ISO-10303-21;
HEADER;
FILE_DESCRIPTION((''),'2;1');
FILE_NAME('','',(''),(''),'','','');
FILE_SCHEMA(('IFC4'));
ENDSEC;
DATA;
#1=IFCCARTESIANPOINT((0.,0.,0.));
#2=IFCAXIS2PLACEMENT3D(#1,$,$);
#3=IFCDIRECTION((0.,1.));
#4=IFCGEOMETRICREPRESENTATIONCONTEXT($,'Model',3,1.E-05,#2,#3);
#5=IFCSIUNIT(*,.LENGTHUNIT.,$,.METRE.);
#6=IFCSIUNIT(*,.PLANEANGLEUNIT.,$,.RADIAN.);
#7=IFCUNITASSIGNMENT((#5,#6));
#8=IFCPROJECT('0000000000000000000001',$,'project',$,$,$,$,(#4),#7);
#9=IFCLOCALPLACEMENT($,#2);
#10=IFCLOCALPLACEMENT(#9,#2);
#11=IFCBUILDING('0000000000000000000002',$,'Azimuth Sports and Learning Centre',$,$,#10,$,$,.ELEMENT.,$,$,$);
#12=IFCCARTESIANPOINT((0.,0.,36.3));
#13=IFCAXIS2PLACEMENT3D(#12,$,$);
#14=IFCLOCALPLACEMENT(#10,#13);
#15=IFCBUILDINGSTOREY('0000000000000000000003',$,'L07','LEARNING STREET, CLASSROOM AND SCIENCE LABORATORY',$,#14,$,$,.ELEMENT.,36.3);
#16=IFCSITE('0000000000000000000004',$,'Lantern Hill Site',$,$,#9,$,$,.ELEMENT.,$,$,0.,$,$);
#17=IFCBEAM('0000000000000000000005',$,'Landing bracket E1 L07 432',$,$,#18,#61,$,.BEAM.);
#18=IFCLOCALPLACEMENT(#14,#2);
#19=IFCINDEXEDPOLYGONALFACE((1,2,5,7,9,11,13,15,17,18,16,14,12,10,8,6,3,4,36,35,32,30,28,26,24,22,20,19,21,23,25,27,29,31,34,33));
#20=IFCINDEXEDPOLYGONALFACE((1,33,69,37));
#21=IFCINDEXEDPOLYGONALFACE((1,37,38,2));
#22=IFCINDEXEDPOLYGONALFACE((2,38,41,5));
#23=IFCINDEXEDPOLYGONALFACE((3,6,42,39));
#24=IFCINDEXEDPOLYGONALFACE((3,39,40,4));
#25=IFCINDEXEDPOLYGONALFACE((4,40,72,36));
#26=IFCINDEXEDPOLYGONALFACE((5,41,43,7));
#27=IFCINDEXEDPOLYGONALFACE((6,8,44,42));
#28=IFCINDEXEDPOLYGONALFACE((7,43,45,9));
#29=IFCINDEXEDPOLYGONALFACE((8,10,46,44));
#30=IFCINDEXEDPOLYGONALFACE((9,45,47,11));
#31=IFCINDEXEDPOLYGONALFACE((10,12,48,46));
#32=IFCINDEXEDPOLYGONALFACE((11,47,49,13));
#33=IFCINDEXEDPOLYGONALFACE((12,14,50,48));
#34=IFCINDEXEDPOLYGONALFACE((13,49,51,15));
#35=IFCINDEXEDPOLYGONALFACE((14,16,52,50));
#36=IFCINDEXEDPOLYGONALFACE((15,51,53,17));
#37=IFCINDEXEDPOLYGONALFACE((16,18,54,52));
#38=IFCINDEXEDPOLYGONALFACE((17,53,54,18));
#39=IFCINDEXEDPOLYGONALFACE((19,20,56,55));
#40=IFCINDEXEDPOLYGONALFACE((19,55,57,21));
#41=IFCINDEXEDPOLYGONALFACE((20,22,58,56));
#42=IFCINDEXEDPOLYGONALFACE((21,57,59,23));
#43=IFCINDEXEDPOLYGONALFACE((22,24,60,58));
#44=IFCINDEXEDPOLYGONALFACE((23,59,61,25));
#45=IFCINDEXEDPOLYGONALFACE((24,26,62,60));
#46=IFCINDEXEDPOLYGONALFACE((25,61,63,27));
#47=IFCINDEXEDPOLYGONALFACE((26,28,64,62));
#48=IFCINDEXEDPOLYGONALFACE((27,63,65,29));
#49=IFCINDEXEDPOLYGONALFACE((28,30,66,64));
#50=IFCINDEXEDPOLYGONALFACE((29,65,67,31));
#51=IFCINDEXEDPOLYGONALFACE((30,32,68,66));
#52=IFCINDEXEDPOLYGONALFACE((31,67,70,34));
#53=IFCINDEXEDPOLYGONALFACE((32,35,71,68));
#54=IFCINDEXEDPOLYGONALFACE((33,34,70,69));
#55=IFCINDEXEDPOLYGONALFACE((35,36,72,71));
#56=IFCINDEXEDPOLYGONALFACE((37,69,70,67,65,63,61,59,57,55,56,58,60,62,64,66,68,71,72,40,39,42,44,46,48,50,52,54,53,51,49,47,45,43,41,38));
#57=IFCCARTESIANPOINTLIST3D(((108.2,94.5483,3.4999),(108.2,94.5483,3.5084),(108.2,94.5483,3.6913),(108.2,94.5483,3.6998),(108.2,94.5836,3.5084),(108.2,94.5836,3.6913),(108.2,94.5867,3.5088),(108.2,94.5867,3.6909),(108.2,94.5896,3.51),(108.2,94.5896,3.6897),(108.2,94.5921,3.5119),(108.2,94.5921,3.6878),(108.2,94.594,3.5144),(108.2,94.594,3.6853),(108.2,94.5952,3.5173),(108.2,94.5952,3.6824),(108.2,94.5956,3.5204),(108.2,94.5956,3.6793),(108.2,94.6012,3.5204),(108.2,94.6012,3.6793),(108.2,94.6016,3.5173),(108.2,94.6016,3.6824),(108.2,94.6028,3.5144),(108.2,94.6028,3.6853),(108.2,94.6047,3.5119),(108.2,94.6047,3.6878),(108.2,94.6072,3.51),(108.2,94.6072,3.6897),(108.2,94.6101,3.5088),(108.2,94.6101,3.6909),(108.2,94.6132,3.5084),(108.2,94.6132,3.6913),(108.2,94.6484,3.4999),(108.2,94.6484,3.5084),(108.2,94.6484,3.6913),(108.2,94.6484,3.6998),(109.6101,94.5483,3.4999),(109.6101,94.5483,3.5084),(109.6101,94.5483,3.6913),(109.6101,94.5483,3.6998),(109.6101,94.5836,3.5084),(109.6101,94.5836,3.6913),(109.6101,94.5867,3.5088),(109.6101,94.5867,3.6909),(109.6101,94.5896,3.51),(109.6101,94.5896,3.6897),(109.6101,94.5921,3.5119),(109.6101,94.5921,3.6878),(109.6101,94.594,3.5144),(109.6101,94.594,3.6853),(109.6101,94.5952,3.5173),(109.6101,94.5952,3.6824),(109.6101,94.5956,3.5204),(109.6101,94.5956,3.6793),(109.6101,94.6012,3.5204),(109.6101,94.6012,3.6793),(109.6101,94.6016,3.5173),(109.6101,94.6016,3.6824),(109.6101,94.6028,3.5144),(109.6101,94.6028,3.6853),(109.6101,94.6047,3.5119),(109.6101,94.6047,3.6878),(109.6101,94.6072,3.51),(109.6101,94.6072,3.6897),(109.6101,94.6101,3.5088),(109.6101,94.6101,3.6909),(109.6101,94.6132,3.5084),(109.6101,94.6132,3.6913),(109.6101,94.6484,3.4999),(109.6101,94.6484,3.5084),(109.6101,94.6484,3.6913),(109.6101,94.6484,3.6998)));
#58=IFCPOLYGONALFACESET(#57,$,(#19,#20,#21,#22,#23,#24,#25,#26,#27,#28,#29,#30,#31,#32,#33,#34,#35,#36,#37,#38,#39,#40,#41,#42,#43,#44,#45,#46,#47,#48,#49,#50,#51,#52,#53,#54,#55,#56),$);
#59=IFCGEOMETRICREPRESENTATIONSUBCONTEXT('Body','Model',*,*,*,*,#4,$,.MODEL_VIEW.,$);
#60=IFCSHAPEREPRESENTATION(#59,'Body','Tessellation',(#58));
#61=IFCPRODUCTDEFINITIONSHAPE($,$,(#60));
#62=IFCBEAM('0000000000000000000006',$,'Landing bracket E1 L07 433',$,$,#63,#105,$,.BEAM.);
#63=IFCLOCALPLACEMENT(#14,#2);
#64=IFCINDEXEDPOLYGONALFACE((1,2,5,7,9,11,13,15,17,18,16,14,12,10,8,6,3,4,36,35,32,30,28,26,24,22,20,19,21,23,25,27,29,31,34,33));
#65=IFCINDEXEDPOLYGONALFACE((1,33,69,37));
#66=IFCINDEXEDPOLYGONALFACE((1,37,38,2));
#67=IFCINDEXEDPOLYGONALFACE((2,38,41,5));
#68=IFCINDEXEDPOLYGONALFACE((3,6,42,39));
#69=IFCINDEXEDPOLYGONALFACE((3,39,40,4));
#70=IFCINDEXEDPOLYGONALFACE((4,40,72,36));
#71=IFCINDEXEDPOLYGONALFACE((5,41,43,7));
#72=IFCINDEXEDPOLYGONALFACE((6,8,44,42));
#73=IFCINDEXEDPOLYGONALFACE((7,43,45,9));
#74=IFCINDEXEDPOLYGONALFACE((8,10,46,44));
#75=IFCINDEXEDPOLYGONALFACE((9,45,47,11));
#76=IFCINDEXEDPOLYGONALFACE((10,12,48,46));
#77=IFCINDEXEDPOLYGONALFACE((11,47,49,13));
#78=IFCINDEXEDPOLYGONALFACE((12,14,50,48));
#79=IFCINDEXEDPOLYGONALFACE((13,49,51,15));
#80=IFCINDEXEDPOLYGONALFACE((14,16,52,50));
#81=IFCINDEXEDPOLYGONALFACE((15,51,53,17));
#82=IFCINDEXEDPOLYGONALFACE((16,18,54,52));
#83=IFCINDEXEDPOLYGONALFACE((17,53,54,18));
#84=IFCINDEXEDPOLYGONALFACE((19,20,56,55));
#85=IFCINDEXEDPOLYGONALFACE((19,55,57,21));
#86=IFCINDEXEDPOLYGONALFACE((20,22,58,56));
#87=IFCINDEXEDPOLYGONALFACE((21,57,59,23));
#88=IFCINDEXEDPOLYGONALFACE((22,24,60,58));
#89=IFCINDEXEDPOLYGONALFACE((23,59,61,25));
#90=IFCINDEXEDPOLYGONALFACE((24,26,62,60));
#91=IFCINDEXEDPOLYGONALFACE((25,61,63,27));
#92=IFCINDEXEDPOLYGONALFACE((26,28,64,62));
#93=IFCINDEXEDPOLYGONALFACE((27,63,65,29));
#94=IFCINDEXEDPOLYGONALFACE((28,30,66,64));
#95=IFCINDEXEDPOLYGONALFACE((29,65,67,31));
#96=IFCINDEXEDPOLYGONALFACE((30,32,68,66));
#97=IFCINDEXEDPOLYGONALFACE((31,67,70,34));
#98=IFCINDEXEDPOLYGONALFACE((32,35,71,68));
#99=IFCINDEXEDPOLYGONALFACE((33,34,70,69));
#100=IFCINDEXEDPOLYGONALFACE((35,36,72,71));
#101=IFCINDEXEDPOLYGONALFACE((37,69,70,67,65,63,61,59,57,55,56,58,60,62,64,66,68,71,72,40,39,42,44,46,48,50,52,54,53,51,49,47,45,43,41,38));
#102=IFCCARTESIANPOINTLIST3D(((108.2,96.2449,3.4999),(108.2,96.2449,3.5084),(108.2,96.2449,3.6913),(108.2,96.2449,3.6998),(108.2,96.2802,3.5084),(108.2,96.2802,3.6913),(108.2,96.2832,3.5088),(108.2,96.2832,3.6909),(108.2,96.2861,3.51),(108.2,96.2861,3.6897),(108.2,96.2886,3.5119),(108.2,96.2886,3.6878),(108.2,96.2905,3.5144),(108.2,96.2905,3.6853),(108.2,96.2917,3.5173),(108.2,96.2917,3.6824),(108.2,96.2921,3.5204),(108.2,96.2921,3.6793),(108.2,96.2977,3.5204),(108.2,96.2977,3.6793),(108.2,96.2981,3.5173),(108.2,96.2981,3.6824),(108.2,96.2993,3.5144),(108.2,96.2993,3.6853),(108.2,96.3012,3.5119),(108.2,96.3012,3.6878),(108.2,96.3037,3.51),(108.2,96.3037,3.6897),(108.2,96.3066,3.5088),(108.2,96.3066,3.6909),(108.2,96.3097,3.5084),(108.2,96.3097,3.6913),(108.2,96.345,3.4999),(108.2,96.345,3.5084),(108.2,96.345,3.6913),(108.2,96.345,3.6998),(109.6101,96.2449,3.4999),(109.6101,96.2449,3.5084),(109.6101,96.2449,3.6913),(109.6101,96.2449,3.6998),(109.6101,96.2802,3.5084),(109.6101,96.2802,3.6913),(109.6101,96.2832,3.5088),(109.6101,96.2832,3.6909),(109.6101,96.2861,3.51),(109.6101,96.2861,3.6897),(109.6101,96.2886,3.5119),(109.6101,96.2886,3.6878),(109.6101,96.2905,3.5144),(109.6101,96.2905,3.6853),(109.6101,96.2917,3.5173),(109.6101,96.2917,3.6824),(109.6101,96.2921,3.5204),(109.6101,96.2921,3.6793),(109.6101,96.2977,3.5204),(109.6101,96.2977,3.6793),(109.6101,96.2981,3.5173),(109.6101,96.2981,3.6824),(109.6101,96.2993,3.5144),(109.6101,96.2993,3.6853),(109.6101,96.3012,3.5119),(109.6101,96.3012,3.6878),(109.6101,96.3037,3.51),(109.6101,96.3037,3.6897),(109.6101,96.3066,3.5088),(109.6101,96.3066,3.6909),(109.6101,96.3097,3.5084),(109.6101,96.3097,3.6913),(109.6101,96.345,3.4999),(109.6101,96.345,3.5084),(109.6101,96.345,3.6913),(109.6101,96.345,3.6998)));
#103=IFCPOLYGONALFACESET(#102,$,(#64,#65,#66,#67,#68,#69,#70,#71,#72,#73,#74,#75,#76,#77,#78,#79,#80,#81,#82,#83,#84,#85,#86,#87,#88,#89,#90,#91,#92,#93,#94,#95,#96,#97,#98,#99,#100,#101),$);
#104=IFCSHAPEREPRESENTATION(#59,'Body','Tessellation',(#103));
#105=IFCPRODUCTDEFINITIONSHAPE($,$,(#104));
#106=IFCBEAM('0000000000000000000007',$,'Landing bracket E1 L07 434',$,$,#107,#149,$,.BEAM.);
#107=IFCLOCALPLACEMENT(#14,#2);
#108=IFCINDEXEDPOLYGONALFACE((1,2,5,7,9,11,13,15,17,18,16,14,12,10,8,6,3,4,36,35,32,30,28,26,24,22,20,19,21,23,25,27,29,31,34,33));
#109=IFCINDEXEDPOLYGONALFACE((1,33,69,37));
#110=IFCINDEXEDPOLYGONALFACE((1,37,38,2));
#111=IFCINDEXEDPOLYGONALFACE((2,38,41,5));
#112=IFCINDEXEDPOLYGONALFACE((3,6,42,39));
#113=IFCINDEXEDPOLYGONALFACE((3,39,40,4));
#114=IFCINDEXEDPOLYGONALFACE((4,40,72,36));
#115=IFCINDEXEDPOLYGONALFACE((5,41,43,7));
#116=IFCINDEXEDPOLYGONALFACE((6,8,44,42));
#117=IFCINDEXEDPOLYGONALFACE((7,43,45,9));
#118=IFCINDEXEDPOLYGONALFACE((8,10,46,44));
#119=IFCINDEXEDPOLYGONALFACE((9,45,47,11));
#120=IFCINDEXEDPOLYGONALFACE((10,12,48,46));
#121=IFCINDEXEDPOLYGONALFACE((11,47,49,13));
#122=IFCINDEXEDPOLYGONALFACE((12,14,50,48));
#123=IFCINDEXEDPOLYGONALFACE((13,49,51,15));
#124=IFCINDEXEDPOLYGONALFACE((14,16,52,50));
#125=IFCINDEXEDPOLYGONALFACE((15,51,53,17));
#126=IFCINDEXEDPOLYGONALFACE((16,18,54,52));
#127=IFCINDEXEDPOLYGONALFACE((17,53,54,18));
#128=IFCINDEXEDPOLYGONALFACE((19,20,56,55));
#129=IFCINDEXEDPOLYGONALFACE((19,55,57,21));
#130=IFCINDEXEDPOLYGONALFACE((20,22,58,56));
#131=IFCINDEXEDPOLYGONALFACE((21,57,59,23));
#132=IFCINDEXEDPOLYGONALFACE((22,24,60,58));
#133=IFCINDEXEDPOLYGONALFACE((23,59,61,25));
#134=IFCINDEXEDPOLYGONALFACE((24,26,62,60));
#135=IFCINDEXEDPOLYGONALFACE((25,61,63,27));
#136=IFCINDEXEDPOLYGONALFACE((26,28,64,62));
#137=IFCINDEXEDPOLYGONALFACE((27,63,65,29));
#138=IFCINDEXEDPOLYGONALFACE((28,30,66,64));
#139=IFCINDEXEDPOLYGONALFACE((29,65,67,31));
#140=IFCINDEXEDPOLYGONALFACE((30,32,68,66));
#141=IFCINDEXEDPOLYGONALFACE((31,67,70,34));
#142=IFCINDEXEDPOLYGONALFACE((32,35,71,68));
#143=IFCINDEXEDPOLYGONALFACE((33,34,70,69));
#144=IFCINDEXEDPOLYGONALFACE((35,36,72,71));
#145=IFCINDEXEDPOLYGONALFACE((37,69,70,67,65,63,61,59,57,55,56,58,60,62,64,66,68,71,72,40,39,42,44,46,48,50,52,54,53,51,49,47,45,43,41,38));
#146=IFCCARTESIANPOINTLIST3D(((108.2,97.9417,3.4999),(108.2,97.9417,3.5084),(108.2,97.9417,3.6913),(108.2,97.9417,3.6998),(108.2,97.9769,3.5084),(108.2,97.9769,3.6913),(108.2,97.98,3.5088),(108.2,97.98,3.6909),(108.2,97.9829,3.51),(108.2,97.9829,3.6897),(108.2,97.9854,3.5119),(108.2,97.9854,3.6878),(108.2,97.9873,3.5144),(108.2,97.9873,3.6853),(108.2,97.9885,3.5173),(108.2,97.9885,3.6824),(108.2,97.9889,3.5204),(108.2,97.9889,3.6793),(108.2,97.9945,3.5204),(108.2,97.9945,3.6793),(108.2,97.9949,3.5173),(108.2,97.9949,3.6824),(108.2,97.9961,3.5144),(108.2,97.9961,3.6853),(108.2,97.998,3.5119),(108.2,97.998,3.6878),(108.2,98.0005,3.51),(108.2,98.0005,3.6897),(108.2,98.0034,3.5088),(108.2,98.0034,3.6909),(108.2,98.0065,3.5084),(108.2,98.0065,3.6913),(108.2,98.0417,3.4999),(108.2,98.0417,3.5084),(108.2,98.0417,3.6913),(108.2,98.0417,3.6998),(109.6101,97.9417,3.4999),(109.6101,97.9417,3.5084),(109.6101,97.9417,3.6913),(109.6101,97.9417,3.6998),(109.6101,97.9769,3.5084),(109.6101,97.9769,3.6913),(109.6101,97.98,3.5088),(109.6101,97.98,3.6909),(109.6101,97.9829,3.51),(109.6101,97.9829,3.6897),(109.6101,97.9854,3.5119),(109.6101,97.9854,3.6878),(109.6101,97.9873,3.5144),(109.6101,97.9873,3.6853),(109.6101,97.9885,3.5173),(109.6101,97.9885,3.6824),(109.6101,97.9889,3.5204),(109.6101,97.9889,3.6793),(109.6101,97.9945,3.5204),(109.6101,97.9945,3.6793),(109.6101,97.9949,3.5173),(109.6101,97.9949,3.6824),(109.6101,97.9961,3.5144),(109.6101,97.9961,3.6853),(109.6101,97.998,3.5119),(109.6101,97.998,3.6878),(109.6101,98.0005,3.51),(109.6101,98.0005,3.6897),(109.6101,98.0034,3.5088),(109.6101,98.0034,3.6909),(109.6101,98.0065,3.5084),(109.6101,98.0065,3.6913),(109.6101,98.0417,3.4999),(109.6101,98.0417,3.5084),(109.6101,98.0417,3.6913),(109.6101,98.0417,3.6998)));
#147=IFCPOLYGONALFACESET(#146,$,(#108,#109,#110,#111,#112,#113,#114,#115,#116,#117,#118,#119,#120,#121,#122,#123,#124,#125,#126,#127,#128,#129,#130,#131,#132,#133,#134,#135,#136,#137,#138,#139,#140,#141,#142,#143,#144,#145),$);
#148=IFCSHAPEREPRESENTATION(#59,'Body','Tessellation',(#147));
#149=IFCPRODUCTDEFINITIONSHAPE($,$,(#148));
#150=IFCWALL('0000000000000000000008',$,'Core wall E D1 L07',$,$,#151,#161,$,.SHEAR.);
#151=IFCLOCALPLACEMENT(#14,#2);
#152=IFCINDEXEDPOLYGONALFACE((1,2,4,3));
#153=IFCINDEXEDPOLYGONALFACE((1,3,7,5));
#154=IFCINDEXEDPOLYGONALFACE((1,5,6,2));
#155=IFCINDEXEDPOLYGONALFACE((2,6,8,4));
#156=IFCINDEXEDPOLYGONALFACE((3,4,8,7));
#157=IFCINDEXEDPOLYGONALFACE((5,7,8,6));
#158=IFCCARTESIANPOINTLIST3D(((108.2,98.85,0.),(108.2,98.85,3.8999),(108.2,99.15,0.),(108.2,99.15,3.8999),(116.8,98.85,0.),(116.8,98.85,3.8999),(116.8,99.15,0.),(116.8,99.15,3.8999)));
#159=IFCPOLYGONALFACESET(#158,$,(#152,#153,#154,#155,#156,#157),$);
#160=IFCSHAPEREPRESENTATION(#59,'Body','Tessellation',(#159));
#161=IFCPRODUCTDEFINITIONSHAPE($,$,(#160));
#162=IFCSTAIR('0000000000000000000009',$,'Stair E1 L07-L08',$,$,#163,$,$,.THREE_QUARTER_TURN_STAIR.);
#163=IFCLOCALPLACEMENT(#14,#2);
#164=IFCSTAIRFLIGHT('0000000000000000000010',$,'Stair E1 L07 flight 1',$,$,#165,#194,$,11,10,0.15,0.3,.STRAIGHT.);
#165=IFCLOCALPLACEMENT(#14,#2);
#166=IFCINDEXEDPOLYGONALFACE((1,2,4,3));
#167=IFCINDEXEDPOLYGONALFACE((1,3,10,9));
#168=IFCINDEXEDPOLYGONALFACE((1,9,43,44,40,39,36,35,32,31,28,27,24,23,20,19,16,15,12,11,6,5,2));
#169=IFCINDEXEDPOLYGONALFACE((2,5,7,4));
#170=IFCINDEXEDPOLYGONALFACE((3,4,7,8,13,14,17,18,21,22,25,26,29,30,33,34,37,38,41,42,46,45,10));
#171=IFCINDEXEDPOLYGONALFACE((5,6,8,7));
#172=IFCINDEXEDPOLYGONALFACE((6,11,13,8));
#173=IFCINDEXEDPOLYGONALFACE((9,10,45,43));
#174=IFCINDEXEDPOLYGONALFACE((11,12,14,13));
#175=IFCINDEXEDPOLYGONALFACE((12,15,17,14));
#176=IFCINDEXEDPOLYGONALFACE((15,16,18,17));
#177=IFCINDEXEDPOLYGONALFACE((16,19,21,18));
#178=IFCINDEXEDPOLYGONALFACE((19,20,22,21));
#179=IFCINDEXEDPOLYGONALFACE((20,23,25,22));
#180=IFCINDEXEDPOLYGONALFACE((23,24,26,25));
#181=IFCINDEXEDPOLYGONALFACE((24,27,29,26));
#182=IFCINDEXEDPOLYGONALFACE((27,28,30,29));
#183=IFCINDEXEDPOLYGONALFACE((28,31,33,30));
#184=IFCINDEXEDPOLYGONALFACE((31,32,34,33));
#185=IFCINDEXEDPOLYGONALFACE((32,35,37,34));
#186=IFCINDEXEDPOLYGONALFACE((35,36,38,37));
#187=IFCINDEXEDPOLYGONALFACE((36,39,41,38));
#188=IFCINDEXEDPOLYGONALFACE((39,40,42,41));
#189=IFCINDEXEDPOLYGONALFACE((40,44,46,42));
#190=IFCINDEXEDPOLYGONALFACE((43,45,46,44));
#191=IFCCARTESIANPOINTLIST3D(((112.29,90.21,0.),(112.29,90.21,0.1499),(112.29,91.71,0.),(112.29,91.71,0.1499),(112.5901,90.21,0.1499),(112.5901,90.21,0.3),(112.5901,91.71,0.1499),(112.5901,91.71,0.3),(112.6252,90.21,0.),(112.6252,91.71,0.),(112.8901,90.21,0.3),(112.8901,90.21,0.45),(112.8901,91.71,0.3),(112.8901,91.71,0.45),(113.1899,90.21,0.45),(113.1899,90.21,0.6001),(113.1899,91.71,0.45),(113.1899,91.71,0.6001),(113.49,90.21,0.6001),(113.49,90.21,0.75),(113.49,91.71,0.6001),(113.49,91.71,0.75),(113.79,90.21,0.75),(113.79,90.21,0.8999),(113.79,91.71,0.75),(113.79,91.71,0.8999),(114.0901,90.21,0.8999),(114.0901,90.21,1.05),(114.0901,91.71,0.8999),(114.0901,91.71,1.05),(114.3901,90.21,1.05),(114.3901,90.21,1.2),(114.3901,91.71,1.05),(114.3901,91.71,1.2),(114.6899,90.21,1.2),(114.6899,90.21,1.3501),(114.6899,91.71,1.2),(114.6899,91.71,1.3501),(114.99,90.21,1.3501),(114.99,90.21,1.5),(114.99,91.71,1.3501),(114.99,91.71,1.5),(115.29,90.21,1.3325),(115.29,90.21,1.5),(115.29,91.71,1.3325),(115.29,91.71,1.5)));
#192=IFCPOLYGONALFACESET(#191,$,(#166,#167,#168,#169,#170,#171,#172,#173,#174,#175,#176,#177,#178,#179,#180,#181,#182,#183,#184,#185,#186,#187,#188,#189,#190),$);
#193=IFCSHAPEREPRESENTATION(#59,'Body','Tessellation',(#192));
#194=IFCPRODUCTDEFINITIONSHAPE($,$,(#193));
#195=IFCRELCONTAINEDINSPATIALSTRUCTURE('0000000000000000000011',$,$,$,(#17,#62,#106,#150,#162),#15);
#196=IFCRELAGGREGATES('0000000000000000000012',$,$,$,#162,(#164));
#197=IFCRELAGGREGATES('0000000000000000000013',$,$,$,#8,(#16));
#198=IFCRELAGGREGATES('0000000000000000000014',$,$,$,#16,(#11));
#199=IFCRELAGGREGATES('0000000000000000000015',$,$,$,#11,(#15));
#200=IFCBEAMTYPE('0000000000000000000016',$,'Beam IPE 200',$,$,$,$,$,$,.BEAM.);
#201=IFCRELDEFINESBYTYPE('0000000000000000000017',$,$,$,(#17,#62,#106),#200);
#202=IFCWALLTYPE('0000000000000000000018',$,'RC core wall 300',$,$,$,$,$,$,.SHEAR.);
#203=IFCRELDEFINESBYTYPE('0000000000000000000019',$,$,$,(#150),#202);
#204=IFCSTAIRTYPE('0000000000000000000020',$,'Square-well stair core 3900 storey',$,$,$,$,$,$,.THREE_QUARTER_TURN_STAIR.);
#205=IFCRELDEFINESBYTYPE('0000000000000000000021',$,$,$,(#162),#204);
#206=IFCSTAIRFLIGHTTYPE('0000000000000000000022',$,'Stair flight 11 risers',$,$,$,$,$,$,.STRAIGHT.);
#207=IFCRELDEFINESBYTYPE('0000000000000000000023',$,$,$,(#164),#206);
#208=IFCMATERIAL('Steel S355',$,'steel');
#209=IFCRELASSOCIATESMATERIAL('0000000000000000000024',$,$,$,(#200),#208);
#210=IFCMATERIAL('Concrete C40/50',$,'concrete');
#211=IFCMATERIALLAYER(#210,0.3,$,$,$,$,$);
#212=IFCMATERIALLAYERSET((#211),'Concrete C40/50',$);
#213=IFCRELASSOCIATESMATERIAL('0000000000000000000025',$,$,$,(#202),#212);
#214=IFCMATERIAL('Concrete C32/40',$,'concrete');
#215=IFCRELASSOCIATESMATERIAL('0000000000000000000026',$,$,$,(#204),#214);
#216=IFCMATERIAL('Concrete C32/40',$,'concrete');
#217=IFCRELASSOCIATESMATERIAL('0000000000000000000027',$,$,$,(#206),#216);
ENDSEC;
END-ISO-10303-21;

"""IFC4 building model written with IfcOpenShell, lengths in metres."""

from ifc_helpers import new_model, si_unit, direction, frame, frame_2d, origin, origin_2d, place, context, subcontext, project, spatial, polyline, rectangle, i_section, outline, extrude, material, layer, layer_set, material_profile, profile_set, type_object, element, aggregate, save


model = new_model("IFC4")

# Units and contexts
model_context = context("Model", 3, precision=1e-05, world=origin(), true_north=direction((0.0, 1.0)))
body_context = subcontext(model_context, "Body", "Model", "MODEL_VIEW")
ifc_project = project(units=[si_unit("LENGTHUNIT", "METRE"), si_unit("PLANEANGLEUNIT", "RADIAN")], contexts=[model_context])

# Site, building, storey
site_placement = place(None, origin())
site = spatial("IfcSite", under=ifc_project, at=site_placement, Name="Lantern Hill Site", CompositionType="ELEMENT", RefElevation=0.0)
building_placement = place(site_placement, origin())
building = spatial("IfcBuilding", under=site, at=building_placement, Name="Azimuth Sports and Learning Centre", CompositionType="ELEMENT")
storey_placement = place(building_placement, frame((0.0, 0.0, 36.3)))
storey = spatial("IfcBuildingStorey", under=building, at=storey_placement, Name="L07", Description="LEARNING STREET, CLASSROOM AND SCIENCE LABORATORY", CompositionType="ELEMENT", Elevation=36.3)

# Beams
ifc_material_1 = material(Name="Steel S355", Category="steel")
ifc_material_profile = material_profile(ifc_material_1, i_section(OverallWidth=0.1001, OverallDepth=0.2, WebThickness=0.0056, FlangeThickness=0.0085, FilletRadius=0.012, at=origin_2d()), Name="IPE 200")
ifc_profile_set = profile_set([ifc_material_profile], Name="Steel S355")
beam_type = type_object("IfcBeamType", Name="Beam IPE 200", PredefinedType="BEAM", material=ifc_profile_set)
for number, where, z_axis, x_axis, name in (
    (1, (108.2, 94.5984, 3.5999), (1.0, 0.0, 0.0), (0.0, 1.0, 0.0), "Landing bracket E1 L07 432"),
    (2, (108.2, 96.2949, 3.5999), (1.0, 0.0, 0.0), (0.0, 1.0, 0.0), "Landing bracket E1 L07 433"),
    (3, (108.2, 97.9917, 3.5999), (1.0, 0.0, 0.0), (0.0, 1.0, 0.0), "Landing bracket E1 L07 434"),
):
    element("IfcBeam", number, at=place(storey_placement, frame(where, z_axis=z_axis, x_axis=x_axis)), inside=storey, type_object=beam_type, Name=name, PredefinedType="BEAM", context=body_context, shape_type="SweptSolid", body=[
        extrude(i_section(OverallWidth=0.1001, OverallDepth=0.2, WebThickness=0.0056, FlangeThickness=0.0085, FilletRadius=0.012, at=origin_2d()), origin(), (0.0, 0.0, 1.0), 1.4102),
    ])

# Wall
ifc_material_2 = material(Name="Concrete C40/50", Category="concrete")
ifc_layer_1 = layer(ifc_material_2, 0.3)
ifc_layer_set_1 = layer_set([ifc_layer_1], Name="Concrete C40/50")
wall_type = type_object("IfcWallType", Name="RC core wall 300", PredefinedType="SHEAR", material=ifc_layer_set_1)
wall_placement = place(storey_placement, frame((108.2, 99.0, 0.0), z_axis=(0.0, 0.0, 1.0), x_axis=(1.0, 0.0, 0.0)))
element("IfcWall", 4, at=wall_placement, inside=storey, type_object=wall_type, Name="Core wall E D1 L07", PredefinedType="SHEAR", context=body_context, shape_type="SweptSolid", body=[
    extrude(rectangle(XDim=8.6001, YDim=0.3, at=frame_2d((4.3, 0.0))), origin(), (0.0, 0.0, 1.0), 3.8999),
])

# Stair, stair flight
ifc_material_3 = material(Name="Concrete C32/40", Category="concrete")
stair_type = type_object("IfcStairType", Name="Square-well stair core 3900 storey", PredefinedType="THREE_QUARTER_TURN_STAIR", material=ifc_material_3)
stair_placement = place(storey_placement, origin())
stair = element("IfcStair", 5, at=stair_placement, inside=storey, type_object=stair_type, Name="Stair E1 L07-L08", PredefinedType="THREE_QUARTER_TURN_STAIR")
ifc_material_4 = material(Name="Concrete C32/40", Category="concrete")
stair_flight_type_1 = type_object("IfcStairFlightType", Name="Stair flight 11 risers", PredefinedType="STRAIGHT", material=ifc_material_4)
stair_flight_1_placement = place(storey_placement, frame((112.29, 90.96, 0.0), z_axis=(0.0, 0.0, 1.0), x_axis=(1.0, 0.0, 0.0)))
stair_flight_1 = element("IfcStairFlight", 6, at=stair_flight_1_placement, type_object=stair_flight_type_1, Name="Stair E1 L07 flight 1", NumberOfRisers=11, NumberOfTreads=10, PredefinedType="STRAIGHT", RiserHeight=0.15, TreadLength=0.3, context=body_context, shape_type="SweptSolid", body=[
    extrude(outline(polyline([(0.0, 0.0), (0.0, 0.1499), (0.3, 0.1499), (0.3, 0.3), (0.6001, 0.3), (0.6001, 0.45), (0.8999, 0.45), (0.8999, 0.6001), (1.2, 0.6001), (1.2, 0.75), (1.5, 0.75), (1.5, 0.8999), (1.8, 0.8999), (1.8, 1.05), (2.1001, 1.05), (2.1001, 1.2), (2.3999, 1.2), (2.3999, 1.3501), (2.7, 1.3501), (2.7, 1.5), (3.0, 1.5), (3.0, 1.6499), (3.0, 1.3325), (0.3352, 0.0), (0.0, 0.0)])), frame((0.0, 0.75, 0.0), z_axis=(0.0, -1.0, 0.0), x_axis=(1.0, 0.0, 0.0)), (0.0, 0.0, 1.0), 1.5),
])
aggregate(stair, [stair_flight_1])

save(model, "model.ifc")
